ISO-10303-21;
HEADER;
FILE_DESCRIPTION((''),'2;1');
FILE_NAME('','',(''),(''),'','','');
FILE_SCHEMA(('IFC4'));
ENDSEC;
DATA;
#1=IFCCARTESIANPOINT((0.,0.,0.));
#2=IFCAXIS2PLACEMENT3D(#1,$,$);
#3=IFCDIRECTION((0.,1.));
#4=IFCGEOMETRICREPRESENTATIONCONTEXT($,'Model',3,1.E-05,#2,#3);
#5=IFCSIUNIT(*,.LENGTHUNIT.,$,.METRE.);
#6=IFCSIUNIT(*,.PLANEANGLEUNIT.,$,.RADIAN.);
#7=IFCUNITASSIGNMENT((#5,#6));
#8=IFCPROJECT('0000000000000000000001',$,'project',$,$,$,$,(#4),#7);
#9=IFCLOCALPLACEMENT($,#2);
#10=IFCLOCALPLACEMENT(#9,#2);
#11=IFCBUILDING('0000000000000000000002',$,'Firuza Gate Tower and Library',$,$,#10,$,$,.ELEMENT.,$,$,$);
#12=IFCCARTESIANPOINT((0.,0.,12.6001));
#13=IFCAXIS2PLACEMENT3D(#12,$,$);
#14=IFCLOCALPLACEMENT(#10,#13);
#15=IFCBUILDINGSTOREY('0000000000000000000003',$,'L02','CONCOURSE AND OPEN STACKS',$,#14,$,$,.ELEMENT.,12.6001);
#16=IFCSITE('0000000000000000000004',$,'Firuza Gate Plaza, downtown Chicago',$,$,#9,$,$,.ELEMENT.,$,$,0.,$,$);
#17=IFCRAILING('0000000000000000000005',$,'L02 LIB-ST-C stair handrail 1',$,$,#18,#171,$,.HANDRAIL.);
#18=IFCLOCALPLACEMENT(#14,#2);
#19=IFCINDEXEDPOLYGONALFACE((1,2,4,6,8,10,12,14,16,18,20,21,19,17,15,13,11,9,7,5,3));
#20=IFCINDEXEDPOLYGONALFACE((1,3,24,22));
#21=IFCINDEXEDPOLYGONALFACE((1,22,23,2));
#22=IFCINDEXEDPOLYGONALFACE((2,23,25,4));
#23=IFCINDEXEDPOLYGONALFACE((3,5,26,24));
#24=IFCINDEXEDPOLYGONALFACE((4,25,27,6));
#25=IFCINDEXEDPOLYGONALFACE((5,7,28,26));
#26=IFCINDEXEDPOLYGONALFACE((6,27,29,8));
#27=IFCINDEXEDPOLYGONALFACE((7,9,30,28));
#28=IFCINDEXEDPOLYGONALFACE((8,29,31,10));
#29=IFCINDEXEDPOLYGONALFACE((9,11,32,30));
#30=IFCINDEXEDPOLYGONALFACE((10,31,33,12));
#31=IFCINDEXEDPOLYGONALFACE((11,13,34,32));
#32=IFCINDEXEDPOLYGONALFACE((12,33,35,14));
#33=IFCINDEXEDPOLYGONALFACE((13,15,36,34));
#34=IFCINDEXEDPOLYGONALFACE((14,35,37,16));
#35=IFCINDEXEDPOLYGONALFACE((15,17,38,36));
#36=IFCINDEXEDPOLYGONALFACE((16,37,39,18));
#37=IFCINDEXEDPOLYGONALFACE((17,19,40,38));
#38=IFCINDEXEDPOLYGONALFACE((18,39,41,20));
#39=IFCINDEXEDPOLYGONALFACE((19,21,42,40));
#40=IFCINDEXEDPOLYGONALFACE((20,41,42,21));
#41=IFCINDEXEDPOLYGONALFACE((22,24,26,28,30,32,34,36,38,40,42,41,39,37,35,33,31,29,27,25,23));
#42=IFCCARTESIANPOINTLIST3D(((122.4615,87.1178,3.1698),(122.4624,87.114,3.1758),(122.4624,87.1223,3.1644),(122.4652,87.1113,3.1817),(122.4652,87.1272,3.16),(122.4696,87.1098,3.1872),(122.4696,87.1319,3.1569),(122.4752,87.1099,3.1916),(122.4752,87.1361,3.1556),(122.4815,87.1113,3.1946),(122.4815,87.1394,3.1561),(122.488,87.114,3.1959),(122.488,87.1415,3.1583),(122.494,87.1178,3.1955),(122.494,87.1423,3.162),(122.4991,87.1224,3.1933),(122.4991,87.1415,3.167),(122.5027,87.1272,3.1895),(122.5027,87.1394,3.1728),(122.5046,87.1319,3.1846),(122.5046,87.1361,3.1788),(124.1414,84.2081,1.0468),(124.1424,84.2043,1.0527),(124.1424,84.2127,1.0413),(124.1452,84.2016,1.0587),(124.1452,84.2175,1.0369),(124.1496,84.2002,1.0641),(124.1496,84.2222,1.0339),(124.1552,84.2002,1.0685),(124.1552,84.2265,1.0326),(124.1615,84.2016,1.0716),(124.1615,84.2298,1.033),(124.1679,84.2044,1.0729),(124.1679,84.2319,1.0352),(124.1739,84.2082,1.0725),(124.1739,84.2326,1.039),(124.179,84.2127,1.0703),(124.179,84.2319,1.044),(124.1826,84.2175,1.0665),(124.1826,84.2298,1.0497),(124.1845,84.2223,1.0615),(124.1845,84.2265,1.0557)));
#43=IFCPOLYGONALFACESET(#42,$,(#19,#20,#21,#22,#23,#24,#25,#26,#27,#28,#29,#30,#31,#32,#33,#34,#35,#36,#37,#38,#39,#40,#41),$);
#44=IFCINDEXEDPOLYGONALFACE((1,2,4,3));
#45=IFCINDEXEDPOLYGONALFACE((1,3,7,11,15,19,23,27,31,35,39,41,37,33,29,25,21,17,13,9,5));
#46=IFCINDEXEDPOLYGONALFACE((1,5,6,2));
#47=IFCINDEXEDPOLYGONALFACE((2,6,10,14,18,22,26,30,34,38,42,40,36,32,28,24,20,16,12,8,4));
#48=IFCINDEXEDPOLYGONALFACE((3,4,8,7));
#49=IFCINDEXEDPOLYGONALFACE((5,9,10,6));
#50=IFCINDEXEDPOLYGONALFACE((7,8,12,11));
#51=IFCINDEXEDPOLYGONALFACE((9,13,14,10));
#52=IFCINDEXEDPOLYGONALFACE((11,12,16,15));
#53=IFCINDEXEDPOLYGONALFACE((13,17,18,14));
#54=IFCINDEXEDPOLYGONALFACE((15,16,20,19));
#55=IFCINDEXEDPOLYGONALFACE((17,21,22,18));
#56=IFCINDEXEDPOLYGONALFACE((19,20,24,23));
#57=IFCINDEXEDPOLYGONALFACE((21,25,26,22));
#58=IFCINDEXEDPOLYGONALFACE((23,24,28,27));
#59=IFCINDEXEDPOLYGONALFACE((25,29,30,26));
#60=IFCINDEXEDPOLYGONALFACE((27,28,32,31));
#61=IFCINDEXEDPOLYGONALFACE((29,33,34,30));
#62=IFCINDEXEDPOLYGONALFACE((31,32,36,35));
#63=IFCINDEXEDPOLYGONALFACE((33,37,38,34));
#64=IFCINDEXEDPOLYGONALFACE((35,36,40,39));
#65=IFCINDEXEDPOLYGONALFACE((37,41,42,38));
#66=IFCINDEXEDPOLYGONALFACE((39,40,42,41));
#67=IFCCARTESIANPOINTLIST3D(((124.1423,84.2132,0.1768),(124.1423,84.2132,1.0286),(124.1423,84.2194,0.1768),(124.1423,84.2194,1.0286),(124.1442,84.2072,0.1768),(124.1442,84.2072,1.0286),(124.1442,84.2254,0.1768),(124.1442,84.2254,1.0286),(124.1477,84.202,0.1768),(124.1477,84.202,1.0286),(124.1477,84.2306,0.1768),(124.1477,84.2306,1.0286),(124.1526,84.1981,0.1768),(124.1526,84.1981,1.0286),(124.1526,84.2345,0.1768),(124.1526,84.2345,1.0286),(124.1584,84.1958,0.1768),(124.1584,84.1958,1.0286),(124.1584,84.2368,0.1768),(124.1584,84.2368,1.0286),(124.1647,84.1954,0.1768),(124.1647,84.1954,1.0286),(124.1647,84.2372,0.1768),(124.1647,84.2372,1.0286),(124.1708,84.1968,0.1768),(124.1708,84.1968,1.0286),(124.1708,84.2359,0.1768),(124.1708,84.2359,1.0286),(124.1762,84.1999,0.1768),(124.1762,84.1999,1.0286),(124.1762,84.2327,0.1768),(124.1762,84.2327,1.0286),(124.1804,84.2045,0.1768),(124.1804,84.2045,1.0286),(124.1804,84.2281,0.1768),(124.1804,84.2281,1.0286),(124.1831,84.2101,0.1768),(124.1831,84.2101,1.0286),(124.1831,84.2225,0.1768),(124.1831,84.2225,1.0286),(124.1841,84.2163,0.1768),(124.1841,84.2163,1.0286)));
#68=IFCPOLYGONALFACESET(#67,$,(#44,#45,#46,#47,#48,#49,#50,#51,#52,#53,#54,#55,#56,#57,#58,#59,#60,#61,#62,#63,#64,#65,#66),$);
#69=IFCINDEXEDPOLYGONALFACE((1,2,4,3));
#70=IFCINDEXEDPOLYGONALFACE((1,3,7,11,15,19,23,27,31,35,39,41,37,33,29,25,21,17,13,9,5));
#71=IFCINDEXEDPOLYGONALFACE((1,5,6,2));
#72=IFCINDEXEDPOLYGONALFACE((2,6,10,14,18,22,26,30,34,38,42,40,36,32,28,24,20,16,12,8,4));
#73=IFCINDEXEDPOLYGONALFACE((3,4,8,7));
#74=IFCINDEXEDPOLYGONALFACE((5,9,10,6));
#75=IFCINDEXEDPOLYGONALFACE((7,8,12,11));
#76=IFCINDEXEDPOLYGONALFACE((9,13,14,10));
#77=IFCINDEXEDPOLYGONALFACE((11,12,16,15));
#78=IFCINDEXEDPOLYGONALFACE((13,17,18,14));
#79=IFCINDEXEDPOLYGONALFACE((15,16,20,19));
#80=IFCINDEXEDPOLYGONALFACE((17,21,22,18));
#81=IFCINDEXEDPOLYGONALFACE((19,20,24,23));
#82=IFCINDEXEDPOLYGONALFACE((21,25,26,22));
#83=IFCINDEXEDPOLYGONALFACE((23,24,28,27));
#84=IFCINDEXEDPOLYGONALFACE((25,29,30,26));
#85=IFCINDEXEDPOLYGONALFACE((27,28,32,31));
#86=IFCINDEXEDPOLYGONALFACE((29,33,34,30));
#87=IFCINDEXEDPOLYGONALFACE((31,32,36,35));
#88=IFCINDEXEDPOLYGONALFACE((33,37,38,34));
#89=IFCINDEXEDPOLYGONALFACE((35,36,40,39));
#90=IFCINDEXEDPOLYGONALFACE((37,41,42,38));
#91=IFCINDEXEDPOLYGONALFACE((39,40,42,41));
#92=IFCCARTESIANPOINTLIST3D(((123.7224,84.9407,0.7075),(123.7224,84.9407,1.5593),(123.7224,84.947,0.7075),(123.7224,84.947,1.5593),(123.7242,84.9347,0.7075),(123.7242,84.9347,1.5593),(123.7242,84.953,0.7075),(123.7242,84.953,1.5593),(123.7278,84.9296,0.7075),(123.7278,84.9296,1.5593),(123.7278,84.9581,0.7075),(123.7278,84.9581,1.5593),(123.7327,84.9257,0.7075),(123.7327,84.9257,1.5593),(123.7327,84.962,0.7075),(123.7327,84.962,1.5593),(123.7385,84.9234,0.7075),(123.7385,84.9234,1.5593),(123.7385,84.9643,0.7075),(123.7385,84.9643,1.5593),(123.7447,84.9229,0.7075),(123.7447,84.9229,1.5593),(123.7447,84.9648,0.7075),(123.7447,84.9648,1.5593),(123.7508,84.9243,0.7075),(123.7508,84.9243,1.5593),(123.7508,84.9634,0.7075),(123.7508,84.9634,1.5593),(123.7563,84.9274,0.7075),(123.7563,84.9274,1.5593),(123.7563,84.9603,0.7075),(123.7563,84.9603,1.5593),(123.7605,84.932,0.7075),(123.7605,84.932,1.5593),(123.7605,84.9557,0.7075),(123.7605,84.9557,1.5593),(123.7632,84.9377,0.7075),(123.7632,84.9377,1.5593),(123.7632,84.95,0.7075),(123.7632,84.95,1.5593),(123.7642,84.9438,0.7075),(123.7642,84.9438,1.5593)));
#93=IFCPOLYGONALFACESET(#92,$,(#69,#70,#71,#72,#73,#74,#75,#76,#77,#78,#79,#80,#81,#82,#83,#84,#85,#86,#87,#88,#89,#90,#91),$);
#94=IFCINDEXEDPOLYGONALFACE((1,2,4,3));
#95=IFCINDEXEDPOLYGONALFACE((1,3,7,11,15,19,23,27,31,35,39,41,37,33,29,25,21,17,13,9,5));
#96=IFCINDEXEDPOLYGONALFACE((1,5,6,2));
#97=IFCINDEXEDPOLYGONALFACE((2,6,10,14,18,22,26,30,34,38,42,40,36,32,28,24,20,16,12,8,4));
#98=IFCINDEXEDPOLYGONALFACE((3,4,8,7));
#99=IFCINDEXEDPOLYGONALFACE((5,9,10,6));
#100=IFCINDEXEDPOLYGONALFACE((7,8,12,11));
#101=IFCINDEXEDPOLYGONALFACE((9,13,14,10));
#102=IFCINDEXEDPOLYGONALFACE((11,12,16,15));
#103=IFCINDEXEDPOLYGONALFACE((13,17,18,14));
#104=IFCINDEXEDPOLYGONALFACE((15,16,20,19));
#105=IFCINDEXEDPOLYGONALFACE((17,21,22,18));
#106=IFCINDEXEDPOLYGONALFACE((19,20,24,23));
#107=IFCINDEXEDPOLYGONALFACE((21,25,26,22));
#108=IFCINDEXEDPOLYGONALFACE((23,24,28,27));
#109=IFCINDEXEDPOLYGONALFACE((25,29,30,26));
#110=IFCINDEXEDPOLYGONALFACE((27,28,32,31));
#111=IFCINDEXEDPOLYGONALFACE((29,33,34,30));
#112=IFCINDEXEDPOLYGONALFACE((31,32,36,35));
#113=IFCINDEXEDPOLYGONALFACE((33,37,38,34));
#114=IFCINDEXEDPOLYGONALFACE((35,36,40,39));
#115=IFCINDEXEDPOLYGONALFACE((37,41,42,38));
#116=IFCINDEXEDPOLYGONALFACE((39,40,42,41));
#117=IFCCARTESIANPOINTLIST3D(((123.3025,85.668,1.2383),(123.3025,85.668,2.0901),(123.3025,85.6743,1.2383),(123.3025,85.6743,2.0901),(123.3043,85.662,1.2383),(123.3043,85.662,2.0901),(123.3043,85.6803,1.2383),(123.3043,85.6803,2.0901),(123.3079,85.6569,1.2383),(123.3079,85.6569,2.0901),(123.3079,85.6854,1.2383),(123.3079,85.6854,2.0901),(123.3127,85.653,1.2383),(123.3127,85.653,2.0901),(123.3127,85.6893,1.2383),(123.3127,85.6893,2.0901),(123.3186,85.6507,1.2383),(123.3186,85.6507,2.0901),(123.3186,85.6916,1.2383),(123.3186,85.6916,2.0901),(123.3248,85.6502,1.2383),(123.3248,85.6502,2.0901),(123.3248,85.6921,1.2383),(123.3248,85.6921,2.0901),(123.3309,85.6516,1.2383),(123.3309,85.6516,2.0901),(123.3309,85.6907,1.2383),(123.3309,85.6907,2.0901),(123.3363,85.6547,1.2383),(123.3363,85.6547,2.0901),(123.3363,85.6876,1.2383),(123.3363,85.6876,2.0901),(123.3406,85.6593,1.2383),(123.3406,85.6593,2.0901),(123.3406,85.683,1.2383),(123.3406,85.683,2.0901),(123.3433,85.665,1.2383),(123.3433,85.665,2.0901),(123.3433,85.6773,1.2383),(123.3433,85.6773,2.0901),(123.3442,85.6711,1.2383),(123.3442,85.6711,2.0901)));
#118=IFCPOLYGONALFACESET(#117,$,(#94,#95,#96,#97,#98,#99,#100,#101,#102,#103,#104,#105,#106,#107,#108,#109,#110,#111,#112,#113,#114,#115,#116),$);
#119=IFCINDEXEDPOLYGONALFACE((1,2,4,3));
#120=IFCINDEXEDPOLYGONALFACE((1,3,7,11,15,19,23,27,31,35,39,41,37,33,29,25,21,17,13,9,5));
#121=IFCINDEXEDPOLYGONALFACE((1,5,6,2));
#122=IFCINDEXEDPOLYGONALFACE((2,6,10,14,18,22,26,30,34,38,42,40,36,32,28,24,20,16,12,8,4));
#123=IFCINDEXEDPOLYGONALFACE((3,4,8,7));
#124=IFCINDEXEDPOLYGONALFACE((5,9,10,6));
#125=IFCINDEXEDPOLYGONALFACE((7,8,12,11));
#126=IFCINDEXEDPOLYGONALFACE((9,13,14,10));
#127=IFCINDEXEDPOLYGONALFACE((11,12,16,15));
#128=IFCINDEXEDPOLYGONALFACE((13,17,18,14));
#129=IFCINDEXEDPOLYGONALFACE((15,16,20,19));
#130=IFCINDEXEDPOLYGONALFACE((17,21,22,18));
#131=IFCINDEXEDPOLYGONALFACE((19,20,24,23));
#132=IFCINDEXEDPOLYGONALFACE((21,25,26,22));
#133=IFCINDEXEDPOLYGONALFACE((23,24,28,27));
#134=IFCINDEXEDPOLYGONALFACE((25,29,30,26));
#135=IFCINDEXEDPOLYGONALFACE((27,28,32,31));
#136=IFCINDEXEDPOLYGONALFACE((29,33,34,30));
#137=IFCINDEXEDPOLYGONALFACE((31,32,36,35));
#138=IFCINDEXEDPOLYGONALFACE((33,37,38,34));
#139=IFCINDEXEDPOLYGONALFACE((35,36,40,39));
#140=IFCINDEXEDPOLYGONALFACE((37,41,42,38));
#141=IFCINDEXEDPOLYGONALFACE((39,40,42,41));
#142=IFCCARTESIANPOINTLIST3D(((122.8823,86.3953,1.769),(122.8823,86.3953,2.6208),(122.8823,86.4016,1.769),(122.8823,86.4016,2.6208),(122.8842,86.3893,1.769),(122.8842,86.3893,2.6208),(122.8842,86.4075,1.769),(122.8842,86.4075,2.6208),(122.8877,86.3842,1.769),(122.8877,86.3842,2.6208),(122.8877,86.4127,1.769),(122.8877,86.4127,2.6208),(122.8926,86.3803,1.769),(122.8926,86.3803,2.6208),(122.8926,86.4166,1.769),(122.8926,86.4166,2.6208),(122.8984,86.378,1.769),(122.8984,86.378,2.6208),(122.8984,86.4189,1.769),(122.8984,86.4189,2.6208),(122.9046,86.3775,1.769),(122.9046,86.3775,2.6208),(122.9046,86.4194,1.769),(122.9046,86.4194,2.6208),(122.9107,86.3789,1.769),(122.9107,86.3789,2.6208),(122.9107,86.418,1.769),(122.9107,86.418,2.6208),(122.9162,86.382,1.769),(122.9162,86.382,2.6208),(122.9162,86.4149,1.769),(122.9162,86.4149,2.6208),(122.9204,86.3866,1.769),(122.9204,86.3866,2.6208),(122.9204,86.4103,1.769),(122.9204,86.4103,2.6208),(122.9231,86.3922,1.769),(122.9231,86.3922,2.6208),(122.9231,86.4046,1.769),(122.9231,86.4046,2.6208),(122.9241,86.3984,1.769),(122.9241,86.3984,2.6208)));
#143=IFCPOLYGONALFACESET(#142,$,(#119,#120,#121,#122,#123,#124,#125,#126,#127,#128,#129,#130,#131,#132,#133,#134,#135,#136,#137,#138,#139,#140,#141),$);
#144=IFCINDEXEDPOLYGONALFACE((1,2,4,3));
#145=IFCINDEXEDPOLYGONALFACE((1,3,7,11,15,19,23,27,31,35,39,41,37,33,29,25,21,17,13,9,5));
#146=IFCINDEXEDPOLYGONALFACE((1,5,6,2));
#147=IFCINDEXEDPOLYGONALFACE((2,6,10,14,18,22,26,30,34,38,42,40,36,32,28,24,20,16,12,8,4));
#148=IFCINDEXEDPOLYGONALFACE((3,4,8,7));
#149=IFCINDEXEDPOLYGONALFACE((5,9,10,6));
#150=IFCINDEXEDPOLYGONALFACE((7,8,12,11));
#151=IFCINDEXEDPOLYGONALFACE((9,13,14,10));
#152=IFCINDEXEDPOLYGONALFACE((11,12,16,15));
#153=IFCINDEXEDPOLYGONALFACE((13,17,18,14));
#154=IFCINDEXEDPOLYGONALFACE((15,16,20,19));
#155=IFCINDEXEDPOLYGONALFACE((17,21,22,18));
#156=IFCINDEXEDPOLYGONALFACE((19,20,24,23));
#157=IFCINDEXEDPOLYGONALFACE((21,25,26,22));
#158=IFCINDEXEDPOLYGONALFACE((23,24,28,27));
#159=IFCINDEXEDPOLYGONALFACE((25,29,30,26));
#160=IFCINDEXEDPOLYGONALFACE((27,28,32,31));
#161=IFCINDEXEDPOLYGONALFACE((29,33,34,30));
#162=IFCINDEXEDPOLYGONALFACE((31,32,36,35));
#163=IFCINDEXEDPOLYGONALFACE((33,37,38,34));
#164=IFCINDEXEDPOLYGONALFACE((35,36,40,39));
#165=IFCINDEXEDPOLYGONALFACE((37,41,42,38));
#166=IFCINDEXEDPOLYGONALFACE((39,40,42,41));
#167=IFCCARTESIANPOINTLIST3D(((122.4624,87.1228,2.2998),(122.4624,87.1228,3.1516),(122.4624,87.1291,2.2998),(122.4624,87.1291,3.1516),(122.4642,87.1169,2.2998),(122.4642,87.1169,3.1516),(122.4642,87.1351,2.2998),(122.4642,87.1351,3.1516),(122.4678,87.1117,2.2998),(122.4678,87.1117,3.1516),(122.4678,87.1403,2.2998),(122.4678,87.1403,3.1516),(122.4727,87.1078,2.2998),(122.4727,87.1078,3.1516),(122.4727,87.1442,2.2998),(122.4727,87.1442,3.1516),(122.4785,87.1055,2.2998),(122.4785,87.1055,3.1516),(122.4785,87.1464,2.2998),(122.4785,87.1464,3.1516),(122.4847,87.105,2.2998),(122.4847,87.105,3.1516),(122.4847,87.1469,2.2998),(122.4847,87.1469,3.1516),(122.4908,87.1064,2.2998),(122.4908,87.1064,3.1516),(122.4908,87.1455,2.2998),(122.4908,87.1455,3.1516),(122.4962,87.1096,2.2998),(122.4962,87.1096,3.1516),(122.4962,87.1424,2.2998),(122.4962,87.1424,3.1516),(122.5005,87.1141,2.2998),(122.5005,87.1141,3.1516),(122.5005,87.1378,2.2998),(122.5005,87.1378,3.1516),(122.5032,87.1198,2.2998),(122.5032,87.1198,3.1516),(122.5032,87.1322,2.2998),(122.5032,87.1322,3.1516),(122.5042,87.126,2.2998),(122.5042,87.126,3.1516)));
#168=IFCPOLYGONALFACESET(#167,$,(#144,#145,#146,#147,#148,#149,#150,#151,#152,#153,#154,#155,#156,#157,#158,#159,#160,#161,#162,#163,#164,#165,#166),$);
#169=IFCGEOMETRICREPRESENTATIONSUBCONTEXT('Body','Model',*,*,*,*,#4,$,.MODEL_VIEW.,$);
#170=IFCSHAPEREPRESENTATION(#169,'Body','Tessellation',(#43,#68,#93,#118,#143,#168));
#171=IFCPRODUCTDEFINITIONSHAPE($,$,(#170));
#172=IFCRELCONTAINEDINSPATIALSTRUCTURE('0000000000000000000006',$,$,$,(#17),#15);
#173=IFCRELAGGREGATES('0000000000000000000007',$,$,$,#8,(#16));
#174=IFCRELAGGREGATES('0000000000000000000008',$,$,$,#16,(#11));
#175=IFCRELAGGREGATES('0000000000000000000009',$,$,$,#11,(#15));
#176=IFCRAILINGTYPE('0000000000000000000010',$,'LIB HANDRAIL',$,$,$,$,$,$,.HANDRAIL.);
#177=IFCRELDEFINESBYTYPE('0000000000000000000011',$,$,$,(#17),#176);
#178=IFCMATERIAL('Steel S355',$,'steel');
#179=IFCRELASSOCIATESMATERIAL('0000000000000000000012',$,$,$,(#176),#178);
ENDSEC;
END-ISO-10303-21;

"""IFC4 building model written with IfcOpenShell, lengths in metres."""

from ifc_helpers import new_model, si_unit, direction, frame, origin, origin_2d, place, context, subcontext, project, spatial, circle, extrude, material, type_object, element, save


model = new_model("IFC4")

# Units and contexts
model_context = context("Model", 3, precision=1e-05, world=origin(), true_north=direction((0.0, 1.0)))
body_context = subcontext(model_context, "Body", "Model", "MODEL_VIEW")
ifc_project = project(units=[si_unit("LENGTHUNIT", "METRE"), si_unit("PLANEANGLEUNIT", "RADIAN")], contexts=[model_context])

# Site, building, storey
site_placement = place(None, origin())
site = spatial("IfcSite", under=ifc_project, at=site_placement, Name="Firuza Gate Plaza, downtown Chicago", CompositionType="ELEMENT", RefElevation=0.0)
building_placement = place(site_placement, origin())
building = spatial("IfcBuilding", under=site, at=building_placement, Name="Firuza Gate Tower and Library", CompositionType="ELEMENT")
storey_placement = place(building_placement, frame((0.0, 0.0, 12.6001)))
storey = spatial("IfcBuildingStorey", under=building, at=storey_placement, Name="L02", Description="CONCOURSE AND OPEN STACKS", CompositionType="ELEMENT", Elevation=12.6001)

# Railing
ifc_material_1 = material(Name="Steel S355", Category="steel")
railing_type_1 = type_object("IfcRailingType", Name="LIB HANDRAIL", PredefinedType="HANDRAIL", material=ifc_material_1)
railing_1_placement = place(storey_placement, frame((124.1631, 84.2163, 0.1768)))
element("IfcRailing", 1, at=railing_1_placement, inside=storey, type_object=railing_type_1, Name="L02 LIB-ST-C stair handrail 1", PredefinedType="HANDRAIL", context=body_context, shape_type="SweptSolid", body=[
    extrude(circle(Radius=0.0239, at=origin_2d()), frame((0.0, 0.0, 0.876), z_axis=(-0.422691, 0.732107, 0.534184), x_axis=(-0.866021, -0.500008, 0.0)), (0.0, 0.0, 1.0), 3.9744),
    extrude(circle(Radius=0.021, at=origin_2d()), origin(), (0.0, 0.0, 1.0), 0.8518),
    extrude(circle(Radius=0.021, at=origin_2d()), frame((-0.4199, 0.7275, 0.5308)), (0.0, 0.0, 1.0), 0.8518),
    extrude(circle(Radius=0.021, at=origin_2d()), frame((-0.8398, 1.4548, 1.0615)), (0.0, 0.0, 1.0), 0.8518),
    extrude(circle(Radius=0.021, at=origin_2d()), frame((-1.26, 2.1821, 1.5923)), (0.0, 0.0, 1.0), 0.8518),
    extrude(circle(Radius=0.021, at=origin_2d()), frame((-1.6799, 2.9097, 2.123)), (0.0, 0.0, 1.0), 0.8518),
])

save(model, "model.ifc")
